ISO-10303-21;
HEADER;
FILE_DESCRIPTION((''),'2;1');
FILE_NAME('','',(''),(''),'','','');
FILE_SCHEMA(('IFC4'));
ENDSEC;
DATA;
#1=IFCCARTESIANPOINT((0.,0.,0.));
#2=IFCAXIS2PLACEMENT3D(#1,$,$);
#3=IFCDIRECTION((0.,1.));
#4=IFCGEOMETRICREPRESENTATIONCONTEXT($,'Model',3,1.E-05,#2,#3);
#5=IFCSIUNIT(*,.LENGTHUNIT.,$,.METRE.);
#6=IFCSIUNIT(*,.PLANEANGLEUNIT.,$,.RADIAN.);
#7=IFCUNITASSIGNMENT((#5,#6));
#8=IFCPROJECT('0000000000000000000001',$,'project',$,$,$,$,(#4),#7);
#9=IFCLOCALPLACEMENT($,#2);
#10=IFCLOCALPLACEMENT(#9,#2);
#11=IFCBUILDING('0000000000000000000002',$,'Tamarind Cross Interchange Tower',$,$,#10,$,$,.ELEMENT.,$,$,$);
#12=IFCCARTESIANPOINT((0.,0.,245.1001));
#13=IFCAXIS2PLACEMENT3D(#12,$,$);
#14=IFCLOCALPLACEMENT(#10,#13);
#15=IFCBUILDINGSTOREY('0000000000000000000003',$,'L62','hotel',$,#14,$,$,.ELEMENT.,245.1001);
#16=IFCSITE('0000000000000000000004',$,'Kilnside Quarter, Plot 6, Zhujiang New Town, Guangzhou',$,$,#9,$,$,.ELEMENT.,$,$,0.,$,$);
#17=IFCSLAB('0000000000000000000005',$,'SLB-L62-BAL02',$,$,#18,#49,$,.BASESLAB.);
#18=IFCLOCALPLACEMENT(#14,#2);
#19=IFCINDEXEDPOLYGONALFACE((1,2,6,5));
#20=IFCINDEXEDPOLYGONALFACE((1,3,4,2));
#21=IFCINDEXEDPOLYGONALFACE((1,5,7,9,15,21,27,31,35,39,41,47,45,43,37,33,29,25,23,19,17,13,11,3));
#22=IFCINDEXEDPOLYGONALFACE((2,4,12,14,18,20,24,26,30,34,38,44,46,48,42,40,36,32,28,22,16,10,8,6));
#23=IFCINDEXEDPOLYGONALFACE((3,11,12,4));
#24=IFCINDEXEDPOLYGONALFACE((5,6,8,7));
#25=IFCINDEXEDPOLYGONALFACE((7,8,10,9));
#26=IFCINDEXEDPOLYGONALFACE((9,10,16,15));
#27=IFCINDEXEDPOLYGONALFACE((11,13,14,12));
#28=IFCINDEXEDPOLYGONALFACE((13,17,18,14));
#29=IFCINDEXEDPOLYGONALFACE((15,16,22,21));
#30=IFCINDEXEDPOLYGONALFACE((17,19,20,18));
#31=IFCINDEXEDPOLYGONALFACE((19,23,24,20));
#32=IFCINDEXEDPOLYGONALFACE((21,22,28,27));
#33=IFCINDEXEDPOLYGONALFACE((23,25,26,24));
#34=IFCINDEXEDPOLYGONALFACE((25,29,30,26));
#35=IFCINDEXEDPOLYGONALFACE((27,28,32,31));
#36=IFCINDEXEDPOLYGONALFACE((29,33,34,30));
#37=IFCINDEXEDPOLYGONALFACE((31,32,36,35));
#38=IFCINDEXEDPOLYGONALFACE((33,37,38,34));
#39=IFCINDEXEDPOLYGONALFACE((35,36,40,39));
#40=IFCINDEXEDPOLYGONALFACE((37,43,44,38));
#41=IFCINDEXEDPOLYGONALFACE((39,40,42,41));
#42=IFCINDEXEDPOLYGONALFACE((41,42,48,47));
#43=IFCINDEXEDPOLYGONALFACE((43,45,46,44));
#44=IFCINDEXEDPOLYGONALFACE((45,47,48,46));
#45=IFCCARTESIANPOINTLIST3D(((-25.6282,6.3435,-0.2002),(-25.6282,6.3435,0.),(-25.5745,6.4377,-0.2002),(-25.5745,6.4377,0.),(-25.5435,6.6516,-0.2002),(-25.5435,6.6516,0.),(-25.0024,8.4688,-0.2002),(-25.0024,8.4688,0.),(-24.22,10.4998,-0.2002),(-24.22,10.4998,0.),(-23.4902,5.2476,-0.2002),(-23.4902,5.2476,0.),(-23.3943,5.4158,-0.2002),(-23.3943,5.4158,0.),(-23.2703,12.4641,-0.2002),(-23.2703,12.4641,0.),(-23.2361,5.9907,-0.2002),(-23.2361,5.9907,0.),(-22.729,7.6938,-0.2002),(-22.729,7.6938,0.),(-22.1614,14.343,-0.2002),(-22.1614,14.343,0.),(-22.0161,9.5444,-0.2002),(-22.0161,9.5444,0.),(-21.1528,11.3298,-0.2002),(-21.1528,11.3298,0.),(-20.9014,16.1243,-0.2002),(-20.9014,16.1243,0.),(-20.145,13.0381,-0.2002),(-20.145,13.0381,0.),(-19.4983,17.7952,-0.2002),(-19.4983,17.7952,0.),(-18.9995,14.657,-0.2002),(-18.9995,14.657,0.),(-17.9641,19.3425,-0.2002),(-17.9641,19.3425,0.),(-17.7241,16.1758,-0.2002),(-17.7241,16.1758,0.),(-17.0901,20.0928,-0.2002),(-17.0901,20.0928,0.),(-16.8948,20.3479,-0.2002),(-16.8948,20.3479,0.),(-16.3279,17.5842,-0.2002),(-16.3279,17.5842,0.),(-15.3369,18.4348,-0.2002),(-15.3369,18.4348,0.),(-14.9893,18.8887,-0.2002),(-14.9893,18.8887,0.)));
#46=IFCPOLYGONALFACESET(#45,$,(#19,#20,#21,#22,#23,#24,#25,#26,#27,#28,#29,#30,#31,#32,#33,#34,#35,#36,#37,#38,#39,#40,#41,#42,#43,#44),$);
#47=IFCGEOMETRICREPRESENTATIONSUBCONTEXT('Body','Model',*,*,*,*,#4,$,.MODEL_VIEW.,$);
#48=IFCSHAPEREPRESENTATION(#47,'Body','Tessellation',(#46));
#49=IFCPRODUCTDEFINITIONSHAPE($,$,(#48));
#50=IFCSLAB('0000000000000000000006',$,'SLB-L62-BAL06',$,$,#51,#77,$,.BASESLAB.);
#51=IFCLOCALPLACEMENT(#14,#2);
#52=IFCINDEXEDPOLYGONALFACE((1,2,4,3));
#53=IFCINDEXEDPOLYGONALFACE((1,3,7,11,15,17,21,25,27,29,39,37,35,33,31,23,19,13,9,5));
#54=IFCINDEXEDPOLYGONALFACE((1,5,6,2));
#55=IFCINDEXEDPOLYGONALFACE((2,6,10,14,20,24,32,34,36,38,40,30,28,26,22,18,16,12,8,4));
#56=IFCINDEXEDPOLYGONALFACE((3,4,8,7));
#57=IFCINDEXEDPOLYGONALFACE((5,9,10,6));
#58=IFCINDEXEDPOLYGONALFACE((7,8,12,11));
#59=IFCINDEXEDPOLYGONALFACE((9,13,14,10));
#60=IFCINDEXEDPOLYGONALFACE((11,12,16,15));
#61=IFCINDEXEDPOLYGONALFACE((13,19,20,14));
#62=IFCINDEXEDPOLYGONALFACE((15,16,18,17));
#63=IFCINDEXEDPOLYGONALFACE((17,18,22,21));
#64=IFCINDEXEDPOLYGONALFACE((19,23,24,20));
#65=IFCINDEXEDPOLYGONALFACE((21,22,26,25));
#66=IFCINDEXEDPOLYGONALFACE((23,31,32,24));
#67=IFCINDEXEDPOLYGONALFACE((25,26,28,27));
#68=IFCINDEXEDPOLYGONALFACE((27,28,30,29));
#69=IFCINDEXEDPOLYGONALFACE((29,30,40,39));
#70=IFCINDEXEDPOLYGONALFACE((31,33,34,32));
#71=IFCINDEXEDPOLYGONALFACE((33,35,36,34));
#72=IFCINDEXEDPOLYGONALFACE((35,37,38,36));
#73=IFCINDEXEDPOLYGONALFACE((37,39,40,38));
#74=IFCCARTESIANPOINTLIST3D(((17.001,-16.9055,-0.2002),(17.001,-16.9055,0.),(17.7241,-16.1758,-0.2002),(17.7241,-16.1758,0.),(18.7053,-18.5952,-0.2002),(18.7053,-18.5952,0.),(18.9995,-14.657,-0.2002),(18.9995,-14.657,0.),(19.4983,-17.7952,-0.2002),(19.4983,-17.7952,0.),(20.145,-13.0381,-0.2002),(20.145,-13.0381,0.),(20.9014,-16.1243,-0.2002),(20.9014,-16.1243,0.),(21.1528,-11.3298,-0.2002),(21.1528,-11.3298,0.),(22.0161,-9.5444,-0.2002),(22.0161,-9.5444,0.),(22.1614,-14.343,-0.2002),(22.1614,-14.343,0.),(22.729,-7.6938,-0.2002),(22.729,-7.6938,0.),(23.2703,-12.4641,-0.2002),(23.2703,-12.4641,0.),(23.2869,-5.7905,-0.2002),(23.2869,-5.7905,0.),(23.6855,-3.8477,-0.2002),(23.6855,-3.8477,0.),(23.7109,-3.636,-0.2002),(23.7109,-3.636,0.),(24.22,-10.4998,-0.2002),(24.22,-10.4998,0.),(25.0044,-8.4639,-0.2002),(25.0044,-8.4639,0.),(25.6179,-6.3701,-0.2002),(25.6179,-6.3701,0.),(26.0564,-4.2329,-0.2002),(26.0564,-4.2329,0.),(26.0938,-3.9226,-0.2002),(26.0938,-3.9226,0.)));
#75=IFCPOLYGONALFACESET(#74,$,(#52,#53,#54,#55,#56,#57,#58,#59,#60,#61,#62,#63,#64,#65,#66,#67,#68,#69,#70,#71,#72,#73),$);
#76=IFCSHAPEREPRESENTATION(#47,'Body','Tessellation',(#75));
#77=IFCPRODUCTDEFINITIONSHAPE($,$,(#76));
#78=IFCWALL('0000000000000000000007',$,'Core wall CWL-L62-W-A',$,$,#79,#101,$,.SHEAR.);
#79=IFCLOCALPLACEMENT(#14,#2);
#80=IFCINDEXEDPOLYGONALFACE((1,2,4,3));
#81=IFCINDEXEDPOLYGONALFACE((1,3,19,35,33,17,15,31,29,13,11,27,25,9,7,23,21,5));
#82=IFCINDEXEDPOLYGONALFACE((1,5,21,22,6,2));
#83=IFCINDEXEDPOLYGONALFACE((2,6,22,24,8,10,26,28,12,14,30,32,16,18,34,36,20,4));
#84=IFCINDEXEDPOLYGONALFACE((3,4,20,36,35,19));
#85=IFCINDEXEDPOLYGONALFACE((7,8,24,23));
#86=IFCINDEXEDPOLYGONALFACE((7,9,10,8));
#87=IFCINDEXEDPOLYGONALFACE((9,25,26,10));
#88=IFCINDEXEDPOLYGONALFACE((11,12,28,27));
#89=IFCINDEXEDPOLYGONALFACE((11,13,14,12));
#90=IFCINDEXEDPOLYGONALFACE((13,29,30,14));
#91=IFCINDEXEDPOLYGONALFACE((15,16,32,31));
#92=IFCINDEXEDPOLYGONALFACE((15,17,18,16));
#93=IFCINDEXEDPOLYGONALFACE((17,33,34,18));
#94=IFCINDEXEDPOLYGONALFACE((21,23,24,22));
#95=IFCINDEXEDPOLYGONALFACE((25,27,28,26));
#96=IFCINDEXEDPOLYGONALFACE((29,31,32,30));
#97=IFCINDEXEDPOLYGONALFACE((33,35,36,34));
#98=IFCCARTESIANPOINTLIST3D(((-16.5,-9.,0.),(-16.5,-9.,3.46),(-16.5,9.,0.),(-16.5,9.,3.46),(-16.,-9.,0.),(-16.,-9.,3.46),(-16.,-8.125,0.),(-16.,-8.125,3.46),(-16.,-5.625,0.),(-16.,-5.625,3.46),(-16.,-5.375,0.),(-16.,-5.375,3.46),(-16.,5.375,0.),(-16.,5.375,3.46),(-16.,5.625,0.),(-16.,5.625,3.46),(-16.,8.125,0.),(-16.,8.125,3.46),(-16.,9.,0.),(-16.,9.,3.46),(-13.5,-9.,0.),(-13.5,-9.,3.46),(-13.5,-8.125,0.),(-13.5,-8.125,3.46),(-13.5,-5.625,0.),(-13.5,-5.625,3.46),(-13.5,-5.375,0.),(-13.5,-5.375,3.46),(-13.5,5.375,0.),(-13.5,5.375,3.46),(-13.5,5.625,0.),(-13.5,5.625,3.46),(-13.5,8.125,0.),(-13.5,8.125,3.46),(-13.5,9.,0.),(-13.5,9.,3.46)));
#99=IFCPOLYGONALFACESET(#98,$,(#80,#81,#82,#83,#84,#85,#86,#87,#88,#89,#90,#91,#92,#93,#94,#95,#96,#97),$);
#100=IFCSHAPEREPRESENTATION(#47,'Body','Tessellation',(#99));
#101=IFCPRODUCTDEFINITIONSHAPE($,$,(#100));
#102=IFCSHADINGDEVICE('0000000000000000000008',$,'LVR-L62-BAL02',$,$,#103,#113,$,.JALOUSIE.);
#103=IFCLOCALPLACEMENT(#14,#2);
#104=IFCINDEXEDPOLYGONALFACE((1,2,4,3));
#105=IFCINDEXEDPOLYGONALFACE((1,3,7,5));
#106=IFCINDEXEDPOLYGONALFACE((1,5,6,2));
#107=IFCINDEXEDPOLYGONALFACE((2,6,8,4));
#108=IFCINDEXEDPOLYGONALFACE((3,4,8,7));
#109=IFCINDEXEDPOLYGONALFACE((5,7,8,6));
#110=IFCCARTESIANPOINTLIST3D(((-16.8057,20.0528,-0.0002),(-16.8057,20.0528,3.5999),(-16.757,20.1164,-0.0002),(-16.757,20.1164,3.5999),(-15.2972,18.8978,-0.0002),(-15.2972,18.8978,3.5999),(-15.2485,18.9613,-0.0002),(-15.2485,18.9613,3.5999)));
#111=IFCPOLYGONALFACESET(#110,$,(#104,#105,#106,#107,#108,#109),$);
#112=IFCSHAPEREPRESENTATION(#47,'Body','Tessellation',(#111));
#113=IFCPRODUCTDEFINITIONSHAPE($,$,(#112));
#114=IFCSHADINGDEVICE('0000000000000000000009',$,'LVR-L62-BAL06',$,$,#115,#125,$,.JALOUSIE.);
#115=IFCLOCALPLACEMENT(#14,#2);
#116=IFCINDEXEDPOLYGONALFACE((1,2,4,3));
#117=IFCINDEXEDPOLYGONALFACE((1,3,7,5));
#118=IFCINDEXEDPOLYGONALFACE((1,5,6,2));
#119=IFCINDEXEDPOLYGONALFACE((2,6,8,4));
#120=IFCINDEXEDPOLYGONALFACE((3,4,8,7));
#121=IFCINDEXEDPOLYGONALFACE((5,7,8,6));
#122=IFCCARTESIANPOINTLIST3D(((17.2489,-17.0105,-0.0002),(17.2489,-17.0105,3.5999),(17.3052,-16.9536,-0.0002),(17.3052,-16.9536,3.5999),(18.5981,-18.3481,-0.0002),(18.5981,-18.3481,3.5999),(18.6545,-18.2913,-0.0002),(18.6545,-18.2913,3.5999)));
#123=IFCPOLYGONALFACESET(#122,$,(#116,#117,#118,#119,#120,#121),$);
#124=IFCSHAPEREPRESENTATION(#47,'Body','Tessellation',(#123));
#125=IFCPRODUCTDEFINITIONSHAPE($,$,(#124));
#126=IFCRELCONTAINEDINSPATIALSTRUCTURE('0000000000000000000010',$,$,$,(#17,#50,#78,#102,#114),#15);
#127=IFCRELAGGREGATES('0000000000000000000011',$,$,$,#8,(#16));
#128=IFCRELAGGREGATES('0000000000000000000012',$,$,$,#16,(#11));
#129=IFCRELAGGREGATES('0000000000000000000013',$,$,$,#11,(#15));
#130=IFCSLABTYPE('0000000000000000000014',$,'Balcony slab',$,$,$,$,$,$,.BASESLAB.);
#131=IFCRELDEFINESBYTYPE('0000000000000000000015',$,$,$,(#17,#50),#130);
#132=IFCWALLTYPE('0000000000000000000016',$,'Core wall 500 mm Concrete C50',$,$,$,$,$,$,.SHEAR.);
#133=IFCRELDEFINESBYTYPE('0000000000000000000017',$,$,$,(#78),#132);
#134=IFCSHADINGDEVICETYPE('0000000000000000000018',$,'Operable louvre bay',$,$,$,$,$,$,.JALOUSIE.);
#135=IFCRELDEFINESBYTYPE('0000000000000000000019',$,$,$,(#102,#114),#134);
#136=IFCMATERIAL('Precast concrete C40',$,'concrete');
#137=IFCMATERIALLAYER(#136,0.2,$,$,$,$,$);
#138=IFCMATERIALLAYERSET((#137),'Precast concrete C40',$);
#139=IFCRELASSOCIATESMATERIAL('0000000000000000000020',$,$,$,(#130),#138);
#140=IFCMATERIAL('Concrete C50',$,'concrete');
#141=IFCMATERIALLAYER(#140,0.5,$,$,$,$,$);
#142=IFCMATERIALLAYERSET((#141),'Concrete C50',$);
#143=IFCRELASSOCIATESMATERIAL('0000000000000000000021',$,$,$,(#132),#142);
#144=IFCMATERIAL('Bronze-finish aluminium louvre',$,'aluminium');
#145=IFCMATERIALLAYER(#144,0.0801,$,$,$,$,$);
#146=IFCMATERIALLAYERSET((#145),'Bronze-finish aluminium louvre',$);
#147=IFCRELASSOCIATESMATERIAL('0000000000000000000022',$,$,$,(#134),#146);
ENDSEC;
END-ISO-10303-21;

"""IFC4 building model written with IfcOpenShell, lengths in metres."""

from ifc_helpers import new_model, si_unit, direction, frame, origin, origin_2d, place, context, subcontext, project, spatial, polyline, rectangle, outline, extrude, material, layer, layer_set, type_object, element, save


model = new_model("IFC4")

# Units and contexts
model_context = context("Model", 3, precision=1e-05, world=origin(), true_north=direction((0.0, 1.0)))
body_context = subcontext(model_context, "Body", "Model", "MODEL_VIEW")
ifc_project = project(units=[si_unit("LENGTHUNIT", "METRE"), si_unit("PLANEANGLEUNIT", "RADIAN")], contexts=[model_context])

# Site, building, storey
site_placement = place(None, origin())
site = spatial("IfcSite", under=ifc_project, at=site_placement, Name="Kilnside Quarter, Plot 6, Zhujiang New Town, Guangzhou", CompositionType="ELEMENT", RefElevation=0.0)
building_placement = place(site_placement, origin())
building = spatial("IfcBuilding", under=site, at=building_placement, Name="Tamarind Cross Interchange Tower", CompositionType="ELEMENT")
storey_placement = place(building_placement, frame((0.0, 0.0, 245.1001)))
storey = spatial("IfcBuildingStorey", under=building, at=storey_placement, Name="L62", Description="hotel", CompositionType="ELEMENT", Elevation=245.1001)

# Slabs
ifc_material_1 = material(Name="Precast concrete C40", Category="concrete")
ifc_layer_1 = layer(ifc_material_1, 0.2)
ifc_layer_set_1 = layer_set([ifc_layer_1], Name="Precast concrete C40")
slab_type = type_object("IfcSlabType", Name="Balcony slab", PredefinedType="BASESLAB", material=ifc_layer_set_1)
slab_1_placement = place(storey_placement, frame((0.0, 0.0, -0.2002)))
element("IfcSlab", 1, at=slab_1_placement, inside=storey, type_object=slab_type, Name="SLB-L62-BAL02", PredefinedType="BASESLAB", context=body_context, shape_type="SweptSolid", body=[
    extrude(outline(polyline([(-14.9893, 18.8887), (-15.3369, 18.4348), (-16.3279, 17.5842), (-17.7241, 16.1758), (-18.9995, 14.657), (-20.145, 13.0381), (-21.1528, 11.3298), (-22.0161, 9.5444), (-22.729, 7.6938), (-23.2361, 5.9907), (-23.3943, 5.4158), (-23.4902, 5.2476), (-25.5745, 6.4377), (-25.6282, 6.3435), (-25.5435, 6.6516), (-25.0024, 8.4688), (-24.22, 10.4998), (-23.2703, 12.4641), (-22.1614, 14.343), (-20.9014, 16.1243), (-19.4983, 17.7952), (-17.9641, 19.3425), (-17.0901, 20.0928), (-16.8948, 20.3479), (-14.9893, 18.8887)])), origin(), (0.0, 0.0, 1.0), 0.2002),
])
slab_2_placement = place(storey_placement, frame((0.0, 0.0, -0.2002)))
element("IfcSlab", 2, at=slab_2_placement, inside=storey, type_object=slab_type, Name="SLB-L62-BAL06", PredefinedType="BASESLAB", context=body_context, shape_type="SweptSolid", body=[
    extrude(outline(polyline([(17.001, -16.9055), (17.7241, -16.1758), (18.9995, -14.657), (20.145, -13.0381), (21.1528, -11.3298), (22.0161, -9.5444), (22.729, -7.6938), (23.2869, -5.7905), (23.6855, -3.8477), (23.7109, -3.636), (26.0938, -3.9226), (26.0564, -4.2329), (25.6179, -6.3701), (25.0044, -8.4639), (24.22, -10.4998), (23.2703, -12.4641), (22.1614, -14.343), (20.9014, -16.1243), (19.4983, -17.7952), (18.7053, -18.5952), (17.001, -16.9055)])), origin(), (0.0, 0.0, 1.0), 0.2002),
])

# Wall
ifc_material_2 = material(Name="Concrete C50", Category="concrete")
ifc_layer_2 = layer(ifc_material_2, 0.5)
ifc_layer_set_2 = layer_set([ifc_layer_2], Name="Concrete C50")
wall_type = type_object("IfcWallType", Name="Core wall 500 mm Concrete C50", PredefinedType="SHEAR", material=ifc_layer_set_2)
wall_placement = place(storey_placement, origin())
element("IfcWall", 3, at=wall_placement, inside=storey, type_object=wall_type, Name="Core wall CWL-L62-W-A", PredefinedType="SHEAR", context=body_context, shape_type="SweptSolid", body=[
    extrude(outline(polyline([(-13.5, -8.125), (-16.0, -8.125), (-16.0, -5.625), (-13.5, -5.625), (-13.5, -5.375), (-16.0, -5.375), (-16.0, 5.375), (-13.5, 5.375), (-13.5, 5.625), (-16.0, 5.625), (-16.0, 8.125), (-13.5, 8.125), (-13.5, 9.0), (-16.0, 9.0), (-16.5, 9.0), (-16.5, -9.0), (-16.0, -9.0), (-13.5, -9.0), (-13.5, -8.125)])), origin(), (0.0, 0.0, 1.0), 3.46),
])

# Shading devices
ifc_material_3 = material(Name="Bronze-finish aluminium louvre", Category="aluminium")
ifc_layer_3 = layer(ifc_material_3, 0.0801)
ifc_layer_set_3 = layer_set([ifc_layer_3], Name="Bronze-finish aluminium louvre")
shading_device_type = type_object("IfcShadingDeviceType", Name="Operable louvre bay", PredefinedType="JALOUSIE", material=ifc_layer_set_3)
shading_device_1_placement = place(storey_placement, origin())
element("IfcShadingDevice", 4, at=shading_device_1_placement, inside=storey, type_object=shading_device_type, Name="LVR-L62-BAL02", PredefinedType="JALOUSIE", context=body_context, shape_type="SweptSolid", body=[
    extrude(rectangle(XDim=1.8999, YDim=0.0801, at=origin_2d()), frame((-16.0271, 19.5071, -0.0002), z_axis=(0.0, 0.0, 1.0), x_axis=(-0.793963, 0.607966, 0.0)), (0.0, 0.0, 1.0), 3.6001),
])
shading_device_2_placement = place(storey_placement, origin())
element("IfcShadingDevice", 5, at=shading_device_2_placement, inside=storey, type_object=shading_device_type, Name="LVR-L62-BAL06", PredefinedType="JALOUSIE", context=body_context, shape_type="SweptSolid", body=[
    extrude(rectangle(XDim=1.8999, YDim=0.0801, at=origin_2d()), frame((17.9517, -17.6509, -0.0002), z_axis=(0.0, 0.0, 1.0), x_axis=(0.710143, -0.704057, 0.0)), (0.0, 0.0, 1.0), 3.6001),
])

save(model, "model.ifc")
